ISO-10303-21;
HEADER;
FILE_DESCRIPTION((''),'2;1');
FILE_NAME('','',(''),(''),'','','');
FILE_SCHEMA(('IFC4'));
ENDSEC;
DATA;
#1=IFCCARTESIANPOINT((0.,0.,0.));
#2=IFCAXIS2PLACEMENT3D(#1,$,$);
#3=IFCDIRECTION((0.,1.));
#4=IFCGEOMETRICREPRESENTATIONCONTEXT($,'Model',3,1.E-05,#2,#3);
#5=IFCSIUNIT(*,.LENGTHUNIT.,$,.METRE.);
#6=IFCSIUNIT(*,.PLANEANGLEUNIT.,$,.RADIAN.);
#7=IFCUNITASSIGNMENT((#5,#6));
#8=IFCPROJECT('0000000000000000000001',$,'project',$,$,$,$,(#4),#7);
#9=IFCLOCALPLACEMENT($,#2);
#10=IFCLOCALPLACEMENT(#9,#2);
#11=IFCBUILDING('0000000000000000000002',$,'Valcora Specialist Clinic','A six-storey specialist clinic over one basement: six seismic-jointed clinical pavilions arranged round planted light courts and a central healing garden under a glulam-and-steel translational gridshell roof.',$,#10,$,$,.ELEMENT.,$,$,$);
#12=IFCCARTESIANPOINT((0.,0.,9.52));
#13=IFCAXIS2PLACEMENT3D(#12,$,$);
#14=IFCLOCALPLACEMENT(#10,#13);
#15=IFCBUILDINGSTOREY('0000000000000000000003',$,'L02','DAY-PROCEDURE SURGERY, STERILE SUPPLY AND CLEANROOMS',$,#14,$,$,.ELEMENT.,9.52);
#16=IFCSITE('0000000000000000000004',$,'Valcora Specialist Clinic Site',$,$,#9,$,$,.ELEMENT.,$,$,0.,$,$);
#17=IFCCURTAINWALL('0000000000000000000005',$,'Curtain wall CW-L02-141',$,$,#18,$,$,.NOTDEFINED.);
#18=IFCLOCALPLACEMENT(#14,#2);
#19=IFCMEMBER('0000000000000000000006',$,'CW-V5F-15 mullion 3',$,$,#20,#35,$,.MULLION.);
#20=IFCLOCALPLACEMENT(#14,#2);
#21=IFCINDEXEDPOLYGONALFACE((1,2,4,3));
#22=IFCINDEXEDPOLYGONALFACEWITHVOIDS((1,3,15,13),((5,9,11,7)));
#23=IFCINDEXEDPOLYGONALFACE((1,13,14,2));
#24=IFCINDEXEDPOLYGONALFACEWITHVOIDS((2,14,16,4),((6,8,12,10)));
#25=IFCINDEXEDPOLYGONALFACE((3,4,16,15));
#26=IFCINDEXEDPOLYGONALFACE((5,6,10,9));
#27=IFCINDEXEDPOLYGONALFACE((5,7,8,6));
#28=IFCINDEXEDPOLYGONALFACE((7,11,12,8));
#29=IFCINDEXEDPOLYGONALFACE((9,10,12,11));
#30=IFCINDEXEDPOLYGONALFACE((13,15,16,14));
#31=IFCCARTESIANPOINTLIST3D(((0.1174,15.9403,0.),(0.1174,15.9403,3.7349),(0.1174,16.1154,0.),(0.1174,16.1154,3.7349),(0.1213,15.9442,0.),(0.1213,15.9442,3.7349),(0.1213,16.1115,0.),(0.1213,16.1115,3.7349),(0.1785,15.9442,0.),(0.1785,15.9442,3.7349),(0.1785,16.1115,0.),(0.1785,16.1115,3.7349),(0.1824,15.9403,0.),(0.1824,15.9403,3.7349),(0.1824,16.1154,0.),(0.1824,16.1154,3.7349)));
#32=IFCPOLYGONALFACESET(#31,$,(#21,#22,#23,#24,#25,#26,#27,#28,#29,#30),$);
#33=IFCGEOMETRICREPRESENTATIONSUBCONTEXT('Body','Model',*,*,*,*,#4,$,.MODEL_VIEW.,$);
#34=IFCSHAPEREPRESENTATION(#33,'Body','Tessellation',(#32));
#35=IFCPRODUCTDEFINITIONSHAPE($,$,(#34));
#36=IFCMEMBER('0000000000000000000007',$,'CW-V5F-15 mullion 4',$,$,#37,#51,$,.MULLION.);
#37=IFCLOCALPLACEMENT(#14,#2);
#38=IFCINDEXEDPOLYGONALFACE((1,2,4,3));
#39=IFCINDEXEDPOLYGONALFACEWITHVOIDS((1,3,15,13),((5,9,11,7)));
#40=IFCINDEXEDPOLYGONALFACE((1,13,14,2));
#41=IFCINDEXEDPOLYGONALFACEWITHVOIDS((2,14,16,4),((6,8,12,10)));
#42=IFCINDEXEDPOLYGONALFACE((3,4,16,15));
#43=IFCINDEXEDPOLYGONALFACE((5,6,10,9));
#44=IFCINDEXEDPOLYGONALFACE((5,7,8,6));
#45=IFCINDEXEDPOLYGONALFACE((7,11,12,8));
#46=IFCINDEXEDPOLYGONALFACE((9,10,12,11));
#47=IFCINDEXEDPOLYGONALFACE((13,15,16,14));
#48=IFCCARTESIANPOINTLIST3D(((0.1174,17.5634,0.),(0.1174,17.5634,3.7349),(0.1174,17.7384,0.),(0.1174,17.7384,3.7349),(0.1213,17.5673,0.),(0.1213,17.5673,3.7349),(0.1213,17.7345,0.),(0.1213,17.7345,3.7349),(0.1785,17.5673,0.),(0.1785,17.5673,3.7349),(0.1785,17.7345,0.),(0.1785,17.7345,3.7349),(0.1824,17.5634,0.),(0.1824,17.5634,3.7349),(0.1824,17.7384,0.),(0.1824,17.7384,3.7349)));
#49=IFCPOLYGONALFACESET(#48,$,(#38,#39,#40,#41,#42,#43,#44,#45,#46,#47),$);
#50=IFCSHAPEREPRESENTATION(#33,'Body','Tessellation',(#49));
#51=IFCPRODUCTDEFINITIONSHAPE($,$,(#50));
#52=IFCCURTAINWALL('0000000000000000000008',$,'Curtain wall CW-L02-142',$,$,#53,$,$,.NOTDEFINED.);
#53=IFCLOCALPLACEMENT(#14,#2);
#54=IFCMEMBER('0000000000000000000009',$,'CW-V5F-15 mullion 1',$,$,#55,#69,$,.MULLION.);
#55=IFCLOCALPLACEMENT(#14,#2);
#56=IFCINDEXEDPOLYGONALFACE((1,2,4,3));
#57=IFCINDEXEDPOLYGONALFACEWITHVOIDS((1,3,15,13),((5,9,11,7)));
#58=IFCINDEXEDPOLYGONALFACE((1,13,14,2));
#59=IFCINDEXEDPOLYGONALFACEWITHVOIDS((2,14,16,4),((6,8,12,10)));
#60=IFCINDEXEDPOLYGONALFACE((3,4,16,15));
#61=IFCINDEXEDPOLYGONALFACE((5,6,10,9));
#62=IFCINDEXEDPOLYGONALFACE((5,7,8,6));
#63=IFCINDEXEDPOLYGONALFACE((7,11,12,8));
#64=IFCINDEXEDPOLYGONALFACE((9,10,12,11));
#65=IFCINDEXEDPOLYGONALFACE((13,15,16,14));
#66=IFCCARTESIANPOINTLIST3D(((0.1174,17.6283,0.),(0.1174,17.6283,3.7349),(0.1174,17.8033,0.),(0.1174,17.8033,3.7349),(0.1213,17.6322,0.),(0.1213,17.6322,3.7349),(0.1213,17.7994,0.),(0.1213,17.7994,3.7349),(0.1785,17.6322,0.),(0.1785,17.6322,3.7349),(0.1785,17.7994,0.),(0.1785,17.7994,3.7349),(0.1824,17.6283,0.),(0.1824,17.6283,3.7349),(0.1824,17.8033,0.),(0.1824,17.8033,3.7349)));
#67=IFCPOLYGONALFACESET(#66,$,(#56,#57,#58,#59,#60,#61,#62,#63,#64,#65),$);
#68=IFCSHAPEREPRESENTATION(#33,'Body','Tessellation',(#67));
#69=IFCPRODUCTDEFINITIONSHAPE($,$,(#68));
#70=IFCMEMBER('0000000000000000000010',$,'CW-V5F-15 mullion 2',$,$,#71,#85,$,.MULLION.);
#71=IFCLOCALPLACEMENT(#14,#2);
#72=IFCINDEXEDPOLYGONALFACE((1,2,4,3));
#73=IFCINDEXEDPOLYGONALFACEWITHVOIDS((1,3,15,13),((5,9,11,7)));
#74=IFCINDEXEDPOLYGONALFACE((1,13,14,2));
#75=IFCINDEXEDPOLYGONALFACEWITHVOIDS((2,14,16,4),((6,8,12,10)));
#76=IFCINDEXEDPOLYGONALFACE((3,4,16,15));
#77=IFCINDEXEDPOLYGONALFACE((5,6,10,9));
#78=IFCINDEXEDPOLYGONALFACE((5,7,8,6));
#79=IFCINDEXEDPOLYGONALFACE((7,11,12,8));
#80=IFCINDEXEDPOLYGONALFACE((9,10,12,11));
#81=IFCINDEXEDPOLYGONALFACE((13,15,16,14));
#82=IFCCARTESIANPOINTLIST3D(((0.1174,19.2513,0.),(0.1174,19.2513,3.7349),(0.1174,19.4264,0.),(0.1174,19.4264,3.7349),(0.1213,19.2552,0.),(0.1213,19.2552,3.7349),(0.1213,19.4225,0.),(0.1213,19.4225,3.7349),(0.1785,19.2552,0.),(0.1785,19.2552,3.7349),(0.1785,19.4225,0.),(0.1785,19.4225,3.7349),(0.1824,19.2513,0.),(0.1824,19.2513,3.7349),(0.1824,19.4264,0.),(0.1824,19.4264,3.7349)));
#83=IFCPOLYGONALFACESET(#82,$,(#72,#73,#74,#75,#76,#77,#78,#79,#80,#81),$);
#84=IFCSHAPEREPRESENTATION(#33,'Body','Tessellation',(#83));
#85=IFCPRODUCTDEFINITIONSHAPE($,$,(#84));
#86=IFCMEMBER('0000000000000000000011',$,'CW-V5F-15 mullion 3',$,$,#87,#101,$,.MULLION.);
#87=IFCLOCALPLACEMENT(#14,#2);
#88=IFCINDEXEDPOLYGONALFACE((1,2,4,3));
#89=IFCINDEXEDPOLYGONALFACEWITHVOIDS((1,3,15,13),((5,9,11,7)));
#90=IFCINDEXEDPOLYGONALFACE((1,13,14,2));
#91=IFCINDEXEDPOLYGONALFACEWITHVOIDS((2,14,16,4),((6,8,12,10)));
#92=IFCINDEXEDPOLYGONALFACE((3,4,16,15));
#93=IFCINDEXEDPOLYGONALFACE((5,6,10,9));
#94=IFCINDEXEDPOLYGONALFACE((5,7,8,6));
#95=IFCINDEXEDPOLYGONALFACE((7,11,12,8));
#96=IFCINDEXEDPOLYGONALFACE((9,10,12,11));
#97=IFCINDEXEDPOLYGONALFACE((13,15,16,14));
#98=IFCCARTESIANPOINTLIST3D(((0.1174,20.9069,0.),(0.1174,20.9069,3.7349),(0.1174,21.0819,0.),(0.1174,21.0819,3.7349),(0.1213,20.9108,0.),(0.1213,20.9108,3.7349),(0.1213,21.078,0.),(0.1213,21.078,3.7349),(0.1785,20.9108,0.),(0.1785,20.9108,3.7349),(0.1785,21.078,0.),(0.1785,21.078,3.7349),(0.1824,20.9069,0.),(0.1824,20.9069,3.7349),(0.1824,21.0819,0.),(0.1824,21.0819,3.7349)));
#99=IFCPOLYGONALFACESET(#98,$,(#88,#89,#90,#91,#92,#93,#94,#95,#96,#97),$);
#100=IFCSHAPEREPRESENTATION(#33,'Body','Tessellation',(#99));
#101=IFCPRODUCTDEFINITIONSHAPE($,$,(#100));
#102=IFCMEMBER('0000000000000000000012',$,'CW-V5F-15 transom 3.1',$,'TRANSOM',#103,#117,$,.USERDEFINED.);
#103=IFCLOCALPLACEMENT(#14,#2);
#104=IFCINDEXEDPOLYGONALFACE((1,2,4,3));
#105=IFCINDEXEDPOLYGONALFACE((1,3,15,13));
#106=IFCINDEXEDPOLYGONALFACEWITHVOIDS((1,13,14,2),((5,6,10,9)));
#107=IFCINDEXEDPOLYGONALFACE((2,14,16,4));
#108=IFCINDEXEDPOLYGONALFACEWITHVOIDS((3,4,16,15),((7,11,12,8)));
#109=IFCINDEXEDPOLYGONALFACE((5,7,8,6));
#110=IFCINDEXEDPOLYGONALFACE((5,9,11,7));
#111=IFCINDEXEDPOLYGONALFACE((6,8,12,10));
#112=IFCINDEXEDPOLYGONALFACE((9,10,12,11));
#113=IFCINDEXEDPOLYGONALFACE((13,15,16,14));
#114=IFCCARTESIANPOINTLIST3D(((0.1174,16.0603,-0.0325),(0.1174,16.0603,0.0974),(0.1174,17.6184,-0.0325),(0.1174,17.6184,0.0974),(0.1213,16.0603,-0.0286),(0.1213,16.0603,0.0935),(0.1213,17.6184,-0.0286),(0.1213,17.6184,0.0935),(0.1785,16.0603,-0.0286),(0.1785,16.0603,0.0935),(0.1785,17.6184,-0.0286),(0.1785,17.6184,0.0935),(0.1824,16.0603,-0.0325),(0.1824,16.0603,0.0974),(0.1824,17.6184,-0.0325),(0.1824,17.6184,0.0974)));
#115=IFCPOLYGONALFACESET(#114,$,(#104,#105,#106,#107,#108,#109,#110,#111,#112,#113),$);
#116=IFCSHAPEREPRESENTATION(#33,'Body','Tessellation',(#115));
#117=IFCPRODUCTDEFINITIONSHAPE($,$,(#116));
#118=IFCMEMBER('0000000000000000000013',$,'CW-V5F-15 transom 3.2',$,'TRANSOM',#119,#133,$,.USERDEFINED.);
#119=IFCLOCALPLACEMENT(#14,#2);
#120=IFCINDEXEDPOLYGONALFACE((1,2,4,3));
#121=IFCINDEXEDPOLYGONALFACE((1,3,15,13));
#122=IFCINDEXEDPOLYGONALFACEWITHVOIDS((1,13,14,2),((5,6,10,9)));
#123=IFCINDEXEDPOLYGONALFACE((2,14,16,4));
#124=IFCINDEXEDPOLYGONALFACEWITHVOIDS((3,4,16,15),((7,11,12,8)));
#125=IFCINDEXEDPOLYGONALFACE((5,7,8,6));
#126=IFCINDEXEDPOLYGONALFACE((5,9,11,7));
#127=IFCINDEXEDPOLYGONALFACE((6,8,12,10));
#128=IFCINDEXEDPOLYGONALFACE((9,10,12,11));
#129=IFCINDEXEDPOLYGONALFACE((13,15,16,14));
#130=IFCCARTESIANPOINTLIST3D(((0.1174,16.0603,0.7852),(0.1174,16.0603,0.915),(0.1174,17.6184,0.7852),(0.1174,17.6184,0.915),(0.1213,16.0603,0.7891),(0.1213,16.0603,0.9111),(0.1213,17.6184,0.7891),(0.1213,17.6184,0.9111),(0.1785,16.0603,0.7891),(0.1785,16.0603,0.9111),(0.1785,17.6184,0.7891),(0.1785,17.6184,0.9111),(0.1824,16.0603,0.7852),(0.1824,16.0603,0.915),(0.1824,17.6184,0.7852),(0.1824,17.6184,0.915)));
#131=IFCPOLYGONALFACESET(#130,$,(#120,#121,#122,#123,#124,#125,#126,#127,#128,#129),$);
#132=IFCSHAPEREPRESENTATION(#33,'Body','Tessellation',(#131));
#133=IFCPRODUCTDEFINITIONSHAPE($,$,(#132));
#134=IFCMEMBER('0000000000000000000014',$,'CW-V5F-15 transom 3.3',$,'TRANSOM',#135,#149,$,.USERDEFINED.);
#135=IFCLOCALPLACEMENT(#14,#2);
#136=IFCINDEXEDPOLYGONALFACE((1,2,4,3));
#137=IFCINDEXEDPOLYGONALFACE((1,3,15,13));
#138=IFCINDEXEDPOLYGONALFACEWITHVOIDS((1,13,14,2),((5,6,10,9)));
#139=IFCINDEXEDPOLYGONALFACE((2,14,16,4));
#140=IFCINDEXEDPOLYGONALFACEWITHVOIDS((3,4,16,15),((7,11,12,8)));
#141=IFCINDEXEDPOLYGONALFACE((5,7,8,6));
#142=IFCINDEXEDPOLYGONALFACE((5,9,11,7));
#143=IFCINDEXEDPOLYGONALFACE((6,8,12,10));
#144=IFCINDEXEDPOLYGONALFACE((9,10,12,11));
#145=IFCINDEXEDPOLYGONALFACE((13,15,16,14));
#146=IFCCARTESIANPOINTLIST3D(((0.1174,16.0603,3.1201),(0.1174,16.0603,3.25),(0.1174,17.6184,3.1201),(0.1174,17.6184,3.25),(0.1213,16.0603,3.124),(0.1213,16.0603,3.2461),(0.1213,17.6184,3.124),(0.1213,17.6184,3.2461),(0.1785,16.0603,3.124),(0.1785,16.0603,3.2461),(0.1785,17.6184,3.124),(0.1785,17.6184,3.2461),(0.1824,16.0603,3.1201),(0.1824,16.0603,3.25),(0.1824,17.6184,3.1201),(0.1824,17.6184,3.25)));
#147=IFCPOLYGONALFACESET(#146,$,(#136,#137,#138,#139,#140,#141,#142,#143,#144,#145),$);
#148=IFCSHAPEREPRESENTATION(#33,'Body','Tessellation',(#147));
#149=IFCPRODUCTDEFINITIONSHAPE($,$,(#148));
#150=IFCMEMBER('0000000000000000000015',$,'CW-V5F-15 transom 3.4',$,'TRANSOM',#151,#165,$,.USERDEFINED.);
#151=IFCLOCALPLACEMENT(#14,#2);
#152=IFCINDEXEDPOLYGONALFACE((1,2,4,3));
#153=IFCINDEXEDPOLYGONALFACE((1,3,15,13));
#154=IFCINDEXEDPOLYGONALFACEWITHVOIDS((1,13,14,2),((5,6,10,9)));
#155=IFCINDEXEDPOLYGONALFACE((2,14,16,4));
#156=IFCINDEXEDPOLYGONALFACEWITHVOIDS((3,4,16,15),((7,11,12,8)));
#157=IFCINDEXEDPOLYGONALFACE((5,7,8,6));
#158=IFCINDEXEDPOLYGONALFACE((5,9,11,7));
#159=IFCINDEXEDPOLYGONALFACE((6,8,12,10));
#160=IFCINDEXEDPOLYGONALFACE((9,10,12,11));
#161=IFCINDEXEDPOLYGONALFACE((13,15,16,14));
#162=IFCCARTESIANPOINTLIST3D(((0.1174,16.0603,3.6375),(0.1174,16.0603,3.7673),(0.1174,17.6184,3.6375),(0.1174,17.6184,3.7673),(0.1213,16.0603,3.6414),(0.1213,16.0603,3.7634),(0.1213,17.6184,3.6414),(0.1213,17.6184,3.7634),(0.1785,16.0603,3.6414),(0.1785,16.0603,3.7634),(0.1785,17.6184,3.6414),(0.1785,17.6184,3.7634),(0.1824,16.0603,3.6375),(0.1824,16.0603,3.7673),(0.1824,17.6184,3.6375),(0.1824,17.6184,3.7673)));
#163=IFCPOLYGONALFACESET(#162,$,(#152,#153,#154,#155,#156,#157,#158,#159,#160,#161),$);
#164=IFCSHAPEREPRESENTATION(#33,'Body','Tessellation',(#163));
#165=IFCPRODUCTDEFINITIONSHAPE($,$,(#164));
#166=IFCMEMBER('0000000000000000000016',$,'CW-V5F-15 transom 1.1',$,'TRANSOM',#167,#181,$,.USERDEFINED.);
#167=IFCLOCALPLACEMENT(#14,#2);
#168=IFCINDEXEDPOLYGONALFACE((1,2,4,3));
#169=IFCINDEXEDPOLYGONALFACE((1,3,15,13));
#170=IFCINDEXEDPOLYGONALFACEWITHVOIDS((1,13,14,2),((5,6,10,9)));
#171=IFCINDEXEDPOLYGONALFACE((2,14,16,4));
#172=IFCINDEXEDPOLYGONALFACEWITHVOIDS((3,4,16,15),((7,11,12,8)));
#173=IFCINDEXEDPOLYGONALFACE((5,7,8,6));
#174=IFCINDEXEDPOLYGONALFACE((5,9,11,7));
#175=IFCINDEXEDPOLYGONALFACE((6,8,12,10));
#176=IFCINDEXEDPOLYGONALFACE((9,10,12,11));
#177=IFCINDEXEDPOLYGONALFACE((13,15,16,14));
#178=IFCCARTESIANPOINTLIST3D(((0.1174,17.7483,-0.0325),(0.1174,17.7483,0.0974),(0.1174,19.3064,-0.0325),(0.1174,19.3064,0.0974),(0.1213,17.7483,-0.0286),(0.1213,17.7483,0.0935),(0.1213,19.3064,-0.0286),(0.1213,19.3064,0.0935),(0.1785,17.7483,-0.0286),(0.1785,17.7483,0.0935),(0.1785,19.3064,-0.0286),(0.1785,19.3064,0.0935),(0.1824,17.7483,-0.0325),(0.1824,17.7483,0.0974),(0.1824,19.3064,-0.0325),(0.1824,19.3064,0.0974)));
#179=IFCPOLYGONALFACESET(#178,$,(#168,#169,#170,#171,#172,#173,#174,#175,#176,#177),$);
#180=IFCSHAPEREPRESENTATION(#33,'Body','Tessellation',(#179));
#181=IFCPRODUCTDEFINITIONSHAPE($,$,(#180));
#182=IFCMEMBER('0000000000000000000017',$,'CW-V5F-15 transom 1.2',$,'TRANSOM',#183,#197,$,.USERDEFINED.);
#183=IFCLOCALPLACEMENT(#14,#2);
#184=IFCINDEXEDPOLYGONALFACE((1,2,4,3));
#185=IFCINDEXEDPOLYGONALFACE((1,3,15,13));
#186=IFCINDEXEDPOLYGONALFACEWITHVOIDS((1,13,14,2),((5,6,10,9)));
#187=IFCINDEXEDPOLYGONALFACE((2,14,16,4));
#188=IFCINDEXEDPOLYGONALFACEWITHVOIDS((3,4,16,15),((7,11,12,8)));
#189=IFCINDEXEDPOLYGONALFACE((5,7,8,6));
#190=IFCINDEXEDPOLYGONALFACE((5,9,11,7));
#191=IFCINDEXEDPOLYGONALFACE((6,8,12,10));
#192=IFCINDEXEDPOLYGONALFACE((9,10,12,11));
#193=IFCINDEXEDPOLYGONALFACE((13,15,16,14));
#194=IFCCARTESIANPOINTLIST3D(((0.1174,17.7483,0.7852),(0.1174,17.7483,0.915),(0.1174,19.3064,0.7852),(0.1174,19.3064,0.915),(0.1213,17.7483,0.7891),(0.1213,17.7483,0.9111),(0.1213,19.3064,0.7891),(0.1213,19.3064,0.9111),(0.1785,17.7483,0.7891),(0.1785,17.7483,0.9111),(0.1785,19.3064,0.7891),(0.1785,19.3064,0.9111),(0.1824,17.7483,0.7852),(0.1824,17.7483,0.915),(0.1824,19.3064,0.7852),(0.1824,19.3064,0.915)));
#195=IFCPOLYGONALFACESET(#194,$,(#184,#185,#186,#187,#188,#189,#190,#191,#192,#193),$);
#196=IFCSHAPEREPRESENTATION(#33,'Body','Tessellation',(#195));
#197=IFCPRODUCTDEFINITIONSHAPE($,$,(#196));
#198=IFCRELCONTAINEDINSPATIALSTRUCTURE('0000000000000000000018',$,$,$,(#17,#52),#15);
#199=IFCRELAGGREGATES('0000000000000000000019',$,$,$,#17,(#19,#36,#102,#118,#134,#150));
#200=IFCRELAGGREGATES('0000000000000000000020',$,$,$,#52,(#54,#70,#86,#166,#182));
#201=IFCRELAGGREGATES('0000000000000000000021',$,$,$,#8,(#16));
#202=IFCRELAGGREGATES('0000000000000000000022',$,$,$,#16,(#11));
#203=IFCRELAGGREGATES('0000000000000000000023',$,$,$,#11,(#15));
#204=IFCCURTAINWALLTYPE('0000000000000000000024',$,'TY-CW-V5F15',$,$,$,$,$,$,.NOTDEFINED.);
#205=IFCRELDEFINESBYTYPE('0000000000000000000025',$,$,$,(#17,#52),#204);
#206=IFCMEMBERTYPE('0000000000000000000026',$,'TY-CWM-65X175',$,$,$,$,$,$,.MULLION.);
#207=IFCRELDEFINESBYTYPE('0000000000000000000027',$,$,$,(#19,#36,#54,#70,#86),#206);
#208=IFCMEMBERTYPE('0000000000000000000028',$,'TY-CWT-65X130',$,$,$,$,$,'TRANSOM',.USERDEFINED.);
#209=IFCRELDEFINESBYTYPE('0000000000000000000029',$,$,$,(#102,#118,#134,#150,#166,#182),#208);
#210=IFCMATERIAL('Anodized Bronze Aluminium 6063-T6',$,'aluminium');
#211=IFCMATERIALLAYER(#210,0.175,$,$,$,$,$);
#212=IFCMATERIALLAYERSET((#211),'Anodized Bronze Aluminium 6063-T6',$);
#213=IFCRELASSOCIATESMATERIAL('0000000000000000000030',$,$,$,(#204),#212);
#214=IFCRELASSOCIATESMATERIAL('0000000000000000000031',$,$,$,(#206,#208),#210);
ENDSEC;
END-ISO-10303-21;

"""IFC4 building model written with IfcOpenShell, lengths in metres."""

from ifc_helpers import new_model, si_unit, direction, frame, origin, origin_2d, place, context, subcontext, project, spatial, hollow_rectangle, extrude, material, layer, layer_set, material_profile, profile_set, type_object, element, aggregate, save


model = new_model("IFC4")

# Units and contexts
model_context = context("Model", 3, precision=1e-05, world=origin(), true_north=direction((0.0, 1.0)))
body_context = subcontext(model_context, "Body", "Model", "MODEL_VIEW")
ifc_project = project(units=[si_unit("LENGTHUNIT", "METRE"), si_unit("PLANEANGLEUNIT", "RADIAN")], contexts=[model_context])

# Site, building, storey
site_placement = place(None, origin())
site = spatial("IfcSite", under=ifc_project, at=site_placement, Name="Valcora Specialist Clinic Site", CompositionType="ELEMENT", RefElevation=0.0)
building_placement = place(site_placement, origin())
building = spatial("IfcBuilding", under=site, at=building_placement, Name="Valcora Specialist Clinic", Description="A six-storey specialist clinic over one basement: six seismic-jointed clinical pavilions arranged round planted light courts and a central healing garden under a glulam-and-steel translational gridshell roof.", CompositionType="ELEMENT")
storey_placement = place(building_placement, frame((0.0, 0.0, 9.52)))
storey = spatial("IfcBuildingStorey", under=building, at=storey_placement, Name="L02", Description="DAY-PROCEDURE SURGERY, STERILE SUPPLY AND CLEANROOMS", CompositionType="ELEMENT", Elevation=9.52)

# Curtain walls, members
ifc_material_1 = material(Name="Anodized Bronze Aluminium 6063-T6", Category="aluminium")
ifc_layer_1 = layer(ifc_material_1, 0.175)
ifc_layer_set_1 = layer_set([ifc_layer_1], Name="Anodized Bronze Aluminium 6063-T6")
curtain_wall_type = type_object("IfcCurtainWallType", Name="TY-CW-V5F15", PredefinedType="NOTDEFINED", material=ifc_layer_set_1)
curtain_wall_1_placement = place(storey_placement, origin())
curtain_wall_1 = element("IfcCurtainWall", 1, at=curtain_wall_1_placement, inside=storey, type_object=curtain_wall_type, Name="Curtain wall CW-L02-141", PredefinedType="NOTDEFINED")
ifc_material_profile_1 = material_profile(ifc_material_1, hollow_rectangle(XDim=0.0649, YDim=0.175, WallThickness=0.0039, at=origin_2d()), Name="AL-MUL-65X175")
ifc_profile_set_1 = profile_set([ifc_material_profile_1], Name="Anodized Bronze Aluminium 6063-T6")
member_type_1 = type_object("IfcMemberType", Name="TY-CWM-65X175", PredefinedType="MULLION", material=ifc_profile_set_1)
member_1_placement = place(storey_placement, frame((0.1499, 16.0278, 0.0), z_axis=(0.0, 0.0, 1.0), x_axis=(-1.0, 0.0, 0.0)))
member_1 = element("IfcMember", 2, at=member_1_placement, type_object=member_type_1, Name="CW-V5F-15 mullion 3", PredefinedType="MULLION", context=body_context, shape_type="SweptSolid", body=[
    extrude(hollow_rectangle(XDim=0.0649, YDim=0.175, WallThickness=0.0039, at=origin_2d()), origin(), (0.0, 0.0, 1.0), 3.7349),
])
member_2_placement = place(storey_placement, frame((0.1499, 17.6509, 0.0), z_axis=(0.0, 0.0, 1.0), x_axis=(-1.0, 0.0, 0.0)))
member_2 = element("IfcMember", 3, at=member_2_placement, type_object=member_type_1, Name="CW-V5F-15 mullion 4", PredefinedType="MULLION", context=body_context, shape_type="SweptSolid", body=[
    extrude(hollow_rectangle(XDim=0.0649, YDim=0.175, WallThickness=0.0039, at=origin_2d()), origin(), (0.0, 0.0, 1.0), 3.7349),
])
curtain_wall_2_placement = place(storey_placement, origin())
curtain_wall_2 = element("IfcCurtainWall", 4, at=curtain_wall_2_placement, inside=storey, type_object=curtain_wall_type, Name="Curtain wall CW-L02-142", PredefinedType="NOTDEFINED")
member_3_placement = place(storey_placement, frame((0.1499, 17.7158, 0.0), z_axis=(0.0, 0.0, 1.0), x_axis=(-1.0, 0.0, 0.0)))
member_3 = element("IfcMember", 5, at=member_3_placement, type_object=member_type_1, Name="CW-V5F-15 mullion 1", PredefinedType="MULLION", context=body_context, shape_type="SweptSolid", body=[
    extrude(hollow_rectangle(XDim=0.0649, YDim=0.175, WallThickness=0.0039, at=origin_2d()), origin(), (0.0, 0.0, 1.0), 3.7349),
])
member_4_placement = place(storey_placement, frame((0.1499, 19.3389, 0.0), z_axis=(0.0, 0.0, 1.0), x_axis=(-1.0, 0.0, 0.0)))
member_4 = element("IfcMember", 6, at=member_4_placement, type_object=member_type_1, Name="CW-V5F-15 mullion 2", PredefinedType="MULLION", context=body_context, shape_type="SweptSolid", body=[
    extrude(hollow_rectangle(XDim=0.0649, YDim=0.175, WallThickness=0.0039, at=origin_2d()), origin(), (0.0, 0.0, 1.0), 3.7349),
])
member_5_placement = place(storey_placement, frame((0.1499, 20.9944, 0.0), z_axis=(0.0, 0.0, 1.0), x_axis=(-1.0, 0.0, 0.0)))
member_5 = element("IfcMember", 7, at=member_5_placement, type_object=member_type_1, Name="CW-V5F-15 mullion 3", PredefinedType="MULLION", context=body_context, shape_type="SweptSolid", body=[
    extrude(hollow_rectangle(XDim=0.0649, YDim=0.175, WallThickness=0.0039, at=origin_2d()), origin(), (0.0, 0.0, 1.0), 3.7349),
])

# Members
ifc_material_profile_2 = material_profile(ifc_material_1, hollow_rectangle(XDim=0.0649, YDim=0.1299, WallThickness=0.0039, at=origin_2d()), Name="AL-TRN-65X130")
ifc_profile_set_2 = profile_set([ifc_material_profile_2], Name="Anodized Bronze Aluminium 6063-T6")
member_type_2 = type_object("IfcMemberType", Name="TY-CWT-65X130", ElementType="TRANSOM", PredefinedType="USERDEFINED", material=ifc_profile_set_2)
member_6_placement = place(storey_placement, frame((0.1499, 16.0603, 0.0325), z_axis=(0.0, 1.0, 0.0), x_axis=(-1.0, 0.0, 0.0)))
member_6 = element("IfcMember", 8, at=member_6_placement, type_object=member_type_2, Name="CW-V5F-15 transom 3.1", ObjectType="TRANSOM", PredefinedType="USERDEFINED", context=body_context, shape_type="SweptSolid", body=[
    extrude(hollow_rectangle(XDim=0.0649, YDim=0.1299, WallThickness=0.0039, at=origin_2d()), origin(), (0.0, 0.0, 1.0), 1.5581),
])
member_7_placement = place(storey_placement, frame((0.1499, 16.0603, 0.8501), z_axis=(0.0, 1.0, 0.0), x_axis=(-1.0, 0.0, 0.0)))
member_7 = element("IfcMember", 9, at=member_7_placement, type_object=member_type_2, Name="CW-V5F-15 transom 3.2", ObjectType="TRANSOM", PredefinedType="USERDEFINED", context=body_context, shape_type="SweptSolid", body=[
    extrude(hollow_rectangle(XDim=0.0649, YDim=0.1299, WallThickness=0.0039, at=origin_2d()), origin(), (0.0, 0.0, 1.0), 1.5581),
])
member_8_placement = place(storey_placement, frame((0.1499, 16.0603, 3.1851), z_axis=(0.0, 1.0, 0.0), x_axis=(-1.0, 0.0, 0.0)))
member_8 = element("IfcMember", 10, at=member_8_placement, type_object=member_type_2, Name="CW-V5F-15 transom 3.3", ObjectType="TRANSOM", PredefinedType="USERDEFINED", context=body_context, shape_type="SweptSolid", body=[
    extrude(hollow_rectangle(XDim=0.0649, YDim=0.1299, WallThickness=0.0039, at=origin_2d()), origin(), (0.0, 0.0, 1.0), 1.5581),
])
member_9_placement = place(storey_placement, frame((0.1499, 16.0603, 3.7024), z_axis=(0.0, 1.0, 0.0), x_axis=(-1.0, 0.0, 0.0)))
member_9 = element("IfcMember", 11, at=member_9_placement, type_object=member_type_2, Name="CW-V5F-15 transom 3.4", ObjectType="TRANSOM", PredefinedType="USERDEFINED", context=body_context, shape_type="SweptSolid", body=[
    extrude(hollow_rectangle(XDim=0.0649, YDim=0.1299, WallThickness=0.0039, at=origin_2d()), origin(), (0.0, 0.0, 1.0), 1.5581),
])
member_10_placement = place(storey_placement, frame((0.1499, 17.7483, 0.0325), z_axis=(0.0, 1.0, 0.0), x_axis=(-1.0, 0.0, 0.0)))
member_10 = element("IfcMember", 12, at=member_10_placement, type_object=member_type_2, Name="CW-V5F-15 transom 1.1", ObjectType="TRANSOM", PredefinedType="USERDEFINED", context=body_context, shape_type="SweptSolid", body=[
    extrude(hollow_rectangle(XDim=0.0649, YDim=0.1299, WallThickness=0.0039, at=origin_2d()), origin(), (0.0, 0.0, 1.0), 1.5581),
])
member_11_placement = place(storey_placement, frame((0.1499, 17.7483, 0.8501), z_axis=(0.0, 1.0, 0.0), x_axis=(-1.0, 0.0, 0.0)))
member_11 = element("IfcMember", 13, at=member_11_placement, type_object=member_type_2, Name="CW-V5F-15 transom 1.2", ObjectType="TRANSOM", PredefinedType="USERDEFINED", context=body_context, shape_type="SweptSolid", body=[
    extrude(hollow_rectangle(XDim=0.0649, YDim=0.1299, WallThickness=0.0039, at=origin_2d()), origin(), (0.0, 0.0, 1.0), 1.5581),
])

aggregate(curtain_wall_1, [member_1, member_2, member_6, member_7, member_8, member_9])
aggregate(curtain_wall_2, [member_3, member_4, member_5, member_10, member_11])

save(model, "model.ifc")
